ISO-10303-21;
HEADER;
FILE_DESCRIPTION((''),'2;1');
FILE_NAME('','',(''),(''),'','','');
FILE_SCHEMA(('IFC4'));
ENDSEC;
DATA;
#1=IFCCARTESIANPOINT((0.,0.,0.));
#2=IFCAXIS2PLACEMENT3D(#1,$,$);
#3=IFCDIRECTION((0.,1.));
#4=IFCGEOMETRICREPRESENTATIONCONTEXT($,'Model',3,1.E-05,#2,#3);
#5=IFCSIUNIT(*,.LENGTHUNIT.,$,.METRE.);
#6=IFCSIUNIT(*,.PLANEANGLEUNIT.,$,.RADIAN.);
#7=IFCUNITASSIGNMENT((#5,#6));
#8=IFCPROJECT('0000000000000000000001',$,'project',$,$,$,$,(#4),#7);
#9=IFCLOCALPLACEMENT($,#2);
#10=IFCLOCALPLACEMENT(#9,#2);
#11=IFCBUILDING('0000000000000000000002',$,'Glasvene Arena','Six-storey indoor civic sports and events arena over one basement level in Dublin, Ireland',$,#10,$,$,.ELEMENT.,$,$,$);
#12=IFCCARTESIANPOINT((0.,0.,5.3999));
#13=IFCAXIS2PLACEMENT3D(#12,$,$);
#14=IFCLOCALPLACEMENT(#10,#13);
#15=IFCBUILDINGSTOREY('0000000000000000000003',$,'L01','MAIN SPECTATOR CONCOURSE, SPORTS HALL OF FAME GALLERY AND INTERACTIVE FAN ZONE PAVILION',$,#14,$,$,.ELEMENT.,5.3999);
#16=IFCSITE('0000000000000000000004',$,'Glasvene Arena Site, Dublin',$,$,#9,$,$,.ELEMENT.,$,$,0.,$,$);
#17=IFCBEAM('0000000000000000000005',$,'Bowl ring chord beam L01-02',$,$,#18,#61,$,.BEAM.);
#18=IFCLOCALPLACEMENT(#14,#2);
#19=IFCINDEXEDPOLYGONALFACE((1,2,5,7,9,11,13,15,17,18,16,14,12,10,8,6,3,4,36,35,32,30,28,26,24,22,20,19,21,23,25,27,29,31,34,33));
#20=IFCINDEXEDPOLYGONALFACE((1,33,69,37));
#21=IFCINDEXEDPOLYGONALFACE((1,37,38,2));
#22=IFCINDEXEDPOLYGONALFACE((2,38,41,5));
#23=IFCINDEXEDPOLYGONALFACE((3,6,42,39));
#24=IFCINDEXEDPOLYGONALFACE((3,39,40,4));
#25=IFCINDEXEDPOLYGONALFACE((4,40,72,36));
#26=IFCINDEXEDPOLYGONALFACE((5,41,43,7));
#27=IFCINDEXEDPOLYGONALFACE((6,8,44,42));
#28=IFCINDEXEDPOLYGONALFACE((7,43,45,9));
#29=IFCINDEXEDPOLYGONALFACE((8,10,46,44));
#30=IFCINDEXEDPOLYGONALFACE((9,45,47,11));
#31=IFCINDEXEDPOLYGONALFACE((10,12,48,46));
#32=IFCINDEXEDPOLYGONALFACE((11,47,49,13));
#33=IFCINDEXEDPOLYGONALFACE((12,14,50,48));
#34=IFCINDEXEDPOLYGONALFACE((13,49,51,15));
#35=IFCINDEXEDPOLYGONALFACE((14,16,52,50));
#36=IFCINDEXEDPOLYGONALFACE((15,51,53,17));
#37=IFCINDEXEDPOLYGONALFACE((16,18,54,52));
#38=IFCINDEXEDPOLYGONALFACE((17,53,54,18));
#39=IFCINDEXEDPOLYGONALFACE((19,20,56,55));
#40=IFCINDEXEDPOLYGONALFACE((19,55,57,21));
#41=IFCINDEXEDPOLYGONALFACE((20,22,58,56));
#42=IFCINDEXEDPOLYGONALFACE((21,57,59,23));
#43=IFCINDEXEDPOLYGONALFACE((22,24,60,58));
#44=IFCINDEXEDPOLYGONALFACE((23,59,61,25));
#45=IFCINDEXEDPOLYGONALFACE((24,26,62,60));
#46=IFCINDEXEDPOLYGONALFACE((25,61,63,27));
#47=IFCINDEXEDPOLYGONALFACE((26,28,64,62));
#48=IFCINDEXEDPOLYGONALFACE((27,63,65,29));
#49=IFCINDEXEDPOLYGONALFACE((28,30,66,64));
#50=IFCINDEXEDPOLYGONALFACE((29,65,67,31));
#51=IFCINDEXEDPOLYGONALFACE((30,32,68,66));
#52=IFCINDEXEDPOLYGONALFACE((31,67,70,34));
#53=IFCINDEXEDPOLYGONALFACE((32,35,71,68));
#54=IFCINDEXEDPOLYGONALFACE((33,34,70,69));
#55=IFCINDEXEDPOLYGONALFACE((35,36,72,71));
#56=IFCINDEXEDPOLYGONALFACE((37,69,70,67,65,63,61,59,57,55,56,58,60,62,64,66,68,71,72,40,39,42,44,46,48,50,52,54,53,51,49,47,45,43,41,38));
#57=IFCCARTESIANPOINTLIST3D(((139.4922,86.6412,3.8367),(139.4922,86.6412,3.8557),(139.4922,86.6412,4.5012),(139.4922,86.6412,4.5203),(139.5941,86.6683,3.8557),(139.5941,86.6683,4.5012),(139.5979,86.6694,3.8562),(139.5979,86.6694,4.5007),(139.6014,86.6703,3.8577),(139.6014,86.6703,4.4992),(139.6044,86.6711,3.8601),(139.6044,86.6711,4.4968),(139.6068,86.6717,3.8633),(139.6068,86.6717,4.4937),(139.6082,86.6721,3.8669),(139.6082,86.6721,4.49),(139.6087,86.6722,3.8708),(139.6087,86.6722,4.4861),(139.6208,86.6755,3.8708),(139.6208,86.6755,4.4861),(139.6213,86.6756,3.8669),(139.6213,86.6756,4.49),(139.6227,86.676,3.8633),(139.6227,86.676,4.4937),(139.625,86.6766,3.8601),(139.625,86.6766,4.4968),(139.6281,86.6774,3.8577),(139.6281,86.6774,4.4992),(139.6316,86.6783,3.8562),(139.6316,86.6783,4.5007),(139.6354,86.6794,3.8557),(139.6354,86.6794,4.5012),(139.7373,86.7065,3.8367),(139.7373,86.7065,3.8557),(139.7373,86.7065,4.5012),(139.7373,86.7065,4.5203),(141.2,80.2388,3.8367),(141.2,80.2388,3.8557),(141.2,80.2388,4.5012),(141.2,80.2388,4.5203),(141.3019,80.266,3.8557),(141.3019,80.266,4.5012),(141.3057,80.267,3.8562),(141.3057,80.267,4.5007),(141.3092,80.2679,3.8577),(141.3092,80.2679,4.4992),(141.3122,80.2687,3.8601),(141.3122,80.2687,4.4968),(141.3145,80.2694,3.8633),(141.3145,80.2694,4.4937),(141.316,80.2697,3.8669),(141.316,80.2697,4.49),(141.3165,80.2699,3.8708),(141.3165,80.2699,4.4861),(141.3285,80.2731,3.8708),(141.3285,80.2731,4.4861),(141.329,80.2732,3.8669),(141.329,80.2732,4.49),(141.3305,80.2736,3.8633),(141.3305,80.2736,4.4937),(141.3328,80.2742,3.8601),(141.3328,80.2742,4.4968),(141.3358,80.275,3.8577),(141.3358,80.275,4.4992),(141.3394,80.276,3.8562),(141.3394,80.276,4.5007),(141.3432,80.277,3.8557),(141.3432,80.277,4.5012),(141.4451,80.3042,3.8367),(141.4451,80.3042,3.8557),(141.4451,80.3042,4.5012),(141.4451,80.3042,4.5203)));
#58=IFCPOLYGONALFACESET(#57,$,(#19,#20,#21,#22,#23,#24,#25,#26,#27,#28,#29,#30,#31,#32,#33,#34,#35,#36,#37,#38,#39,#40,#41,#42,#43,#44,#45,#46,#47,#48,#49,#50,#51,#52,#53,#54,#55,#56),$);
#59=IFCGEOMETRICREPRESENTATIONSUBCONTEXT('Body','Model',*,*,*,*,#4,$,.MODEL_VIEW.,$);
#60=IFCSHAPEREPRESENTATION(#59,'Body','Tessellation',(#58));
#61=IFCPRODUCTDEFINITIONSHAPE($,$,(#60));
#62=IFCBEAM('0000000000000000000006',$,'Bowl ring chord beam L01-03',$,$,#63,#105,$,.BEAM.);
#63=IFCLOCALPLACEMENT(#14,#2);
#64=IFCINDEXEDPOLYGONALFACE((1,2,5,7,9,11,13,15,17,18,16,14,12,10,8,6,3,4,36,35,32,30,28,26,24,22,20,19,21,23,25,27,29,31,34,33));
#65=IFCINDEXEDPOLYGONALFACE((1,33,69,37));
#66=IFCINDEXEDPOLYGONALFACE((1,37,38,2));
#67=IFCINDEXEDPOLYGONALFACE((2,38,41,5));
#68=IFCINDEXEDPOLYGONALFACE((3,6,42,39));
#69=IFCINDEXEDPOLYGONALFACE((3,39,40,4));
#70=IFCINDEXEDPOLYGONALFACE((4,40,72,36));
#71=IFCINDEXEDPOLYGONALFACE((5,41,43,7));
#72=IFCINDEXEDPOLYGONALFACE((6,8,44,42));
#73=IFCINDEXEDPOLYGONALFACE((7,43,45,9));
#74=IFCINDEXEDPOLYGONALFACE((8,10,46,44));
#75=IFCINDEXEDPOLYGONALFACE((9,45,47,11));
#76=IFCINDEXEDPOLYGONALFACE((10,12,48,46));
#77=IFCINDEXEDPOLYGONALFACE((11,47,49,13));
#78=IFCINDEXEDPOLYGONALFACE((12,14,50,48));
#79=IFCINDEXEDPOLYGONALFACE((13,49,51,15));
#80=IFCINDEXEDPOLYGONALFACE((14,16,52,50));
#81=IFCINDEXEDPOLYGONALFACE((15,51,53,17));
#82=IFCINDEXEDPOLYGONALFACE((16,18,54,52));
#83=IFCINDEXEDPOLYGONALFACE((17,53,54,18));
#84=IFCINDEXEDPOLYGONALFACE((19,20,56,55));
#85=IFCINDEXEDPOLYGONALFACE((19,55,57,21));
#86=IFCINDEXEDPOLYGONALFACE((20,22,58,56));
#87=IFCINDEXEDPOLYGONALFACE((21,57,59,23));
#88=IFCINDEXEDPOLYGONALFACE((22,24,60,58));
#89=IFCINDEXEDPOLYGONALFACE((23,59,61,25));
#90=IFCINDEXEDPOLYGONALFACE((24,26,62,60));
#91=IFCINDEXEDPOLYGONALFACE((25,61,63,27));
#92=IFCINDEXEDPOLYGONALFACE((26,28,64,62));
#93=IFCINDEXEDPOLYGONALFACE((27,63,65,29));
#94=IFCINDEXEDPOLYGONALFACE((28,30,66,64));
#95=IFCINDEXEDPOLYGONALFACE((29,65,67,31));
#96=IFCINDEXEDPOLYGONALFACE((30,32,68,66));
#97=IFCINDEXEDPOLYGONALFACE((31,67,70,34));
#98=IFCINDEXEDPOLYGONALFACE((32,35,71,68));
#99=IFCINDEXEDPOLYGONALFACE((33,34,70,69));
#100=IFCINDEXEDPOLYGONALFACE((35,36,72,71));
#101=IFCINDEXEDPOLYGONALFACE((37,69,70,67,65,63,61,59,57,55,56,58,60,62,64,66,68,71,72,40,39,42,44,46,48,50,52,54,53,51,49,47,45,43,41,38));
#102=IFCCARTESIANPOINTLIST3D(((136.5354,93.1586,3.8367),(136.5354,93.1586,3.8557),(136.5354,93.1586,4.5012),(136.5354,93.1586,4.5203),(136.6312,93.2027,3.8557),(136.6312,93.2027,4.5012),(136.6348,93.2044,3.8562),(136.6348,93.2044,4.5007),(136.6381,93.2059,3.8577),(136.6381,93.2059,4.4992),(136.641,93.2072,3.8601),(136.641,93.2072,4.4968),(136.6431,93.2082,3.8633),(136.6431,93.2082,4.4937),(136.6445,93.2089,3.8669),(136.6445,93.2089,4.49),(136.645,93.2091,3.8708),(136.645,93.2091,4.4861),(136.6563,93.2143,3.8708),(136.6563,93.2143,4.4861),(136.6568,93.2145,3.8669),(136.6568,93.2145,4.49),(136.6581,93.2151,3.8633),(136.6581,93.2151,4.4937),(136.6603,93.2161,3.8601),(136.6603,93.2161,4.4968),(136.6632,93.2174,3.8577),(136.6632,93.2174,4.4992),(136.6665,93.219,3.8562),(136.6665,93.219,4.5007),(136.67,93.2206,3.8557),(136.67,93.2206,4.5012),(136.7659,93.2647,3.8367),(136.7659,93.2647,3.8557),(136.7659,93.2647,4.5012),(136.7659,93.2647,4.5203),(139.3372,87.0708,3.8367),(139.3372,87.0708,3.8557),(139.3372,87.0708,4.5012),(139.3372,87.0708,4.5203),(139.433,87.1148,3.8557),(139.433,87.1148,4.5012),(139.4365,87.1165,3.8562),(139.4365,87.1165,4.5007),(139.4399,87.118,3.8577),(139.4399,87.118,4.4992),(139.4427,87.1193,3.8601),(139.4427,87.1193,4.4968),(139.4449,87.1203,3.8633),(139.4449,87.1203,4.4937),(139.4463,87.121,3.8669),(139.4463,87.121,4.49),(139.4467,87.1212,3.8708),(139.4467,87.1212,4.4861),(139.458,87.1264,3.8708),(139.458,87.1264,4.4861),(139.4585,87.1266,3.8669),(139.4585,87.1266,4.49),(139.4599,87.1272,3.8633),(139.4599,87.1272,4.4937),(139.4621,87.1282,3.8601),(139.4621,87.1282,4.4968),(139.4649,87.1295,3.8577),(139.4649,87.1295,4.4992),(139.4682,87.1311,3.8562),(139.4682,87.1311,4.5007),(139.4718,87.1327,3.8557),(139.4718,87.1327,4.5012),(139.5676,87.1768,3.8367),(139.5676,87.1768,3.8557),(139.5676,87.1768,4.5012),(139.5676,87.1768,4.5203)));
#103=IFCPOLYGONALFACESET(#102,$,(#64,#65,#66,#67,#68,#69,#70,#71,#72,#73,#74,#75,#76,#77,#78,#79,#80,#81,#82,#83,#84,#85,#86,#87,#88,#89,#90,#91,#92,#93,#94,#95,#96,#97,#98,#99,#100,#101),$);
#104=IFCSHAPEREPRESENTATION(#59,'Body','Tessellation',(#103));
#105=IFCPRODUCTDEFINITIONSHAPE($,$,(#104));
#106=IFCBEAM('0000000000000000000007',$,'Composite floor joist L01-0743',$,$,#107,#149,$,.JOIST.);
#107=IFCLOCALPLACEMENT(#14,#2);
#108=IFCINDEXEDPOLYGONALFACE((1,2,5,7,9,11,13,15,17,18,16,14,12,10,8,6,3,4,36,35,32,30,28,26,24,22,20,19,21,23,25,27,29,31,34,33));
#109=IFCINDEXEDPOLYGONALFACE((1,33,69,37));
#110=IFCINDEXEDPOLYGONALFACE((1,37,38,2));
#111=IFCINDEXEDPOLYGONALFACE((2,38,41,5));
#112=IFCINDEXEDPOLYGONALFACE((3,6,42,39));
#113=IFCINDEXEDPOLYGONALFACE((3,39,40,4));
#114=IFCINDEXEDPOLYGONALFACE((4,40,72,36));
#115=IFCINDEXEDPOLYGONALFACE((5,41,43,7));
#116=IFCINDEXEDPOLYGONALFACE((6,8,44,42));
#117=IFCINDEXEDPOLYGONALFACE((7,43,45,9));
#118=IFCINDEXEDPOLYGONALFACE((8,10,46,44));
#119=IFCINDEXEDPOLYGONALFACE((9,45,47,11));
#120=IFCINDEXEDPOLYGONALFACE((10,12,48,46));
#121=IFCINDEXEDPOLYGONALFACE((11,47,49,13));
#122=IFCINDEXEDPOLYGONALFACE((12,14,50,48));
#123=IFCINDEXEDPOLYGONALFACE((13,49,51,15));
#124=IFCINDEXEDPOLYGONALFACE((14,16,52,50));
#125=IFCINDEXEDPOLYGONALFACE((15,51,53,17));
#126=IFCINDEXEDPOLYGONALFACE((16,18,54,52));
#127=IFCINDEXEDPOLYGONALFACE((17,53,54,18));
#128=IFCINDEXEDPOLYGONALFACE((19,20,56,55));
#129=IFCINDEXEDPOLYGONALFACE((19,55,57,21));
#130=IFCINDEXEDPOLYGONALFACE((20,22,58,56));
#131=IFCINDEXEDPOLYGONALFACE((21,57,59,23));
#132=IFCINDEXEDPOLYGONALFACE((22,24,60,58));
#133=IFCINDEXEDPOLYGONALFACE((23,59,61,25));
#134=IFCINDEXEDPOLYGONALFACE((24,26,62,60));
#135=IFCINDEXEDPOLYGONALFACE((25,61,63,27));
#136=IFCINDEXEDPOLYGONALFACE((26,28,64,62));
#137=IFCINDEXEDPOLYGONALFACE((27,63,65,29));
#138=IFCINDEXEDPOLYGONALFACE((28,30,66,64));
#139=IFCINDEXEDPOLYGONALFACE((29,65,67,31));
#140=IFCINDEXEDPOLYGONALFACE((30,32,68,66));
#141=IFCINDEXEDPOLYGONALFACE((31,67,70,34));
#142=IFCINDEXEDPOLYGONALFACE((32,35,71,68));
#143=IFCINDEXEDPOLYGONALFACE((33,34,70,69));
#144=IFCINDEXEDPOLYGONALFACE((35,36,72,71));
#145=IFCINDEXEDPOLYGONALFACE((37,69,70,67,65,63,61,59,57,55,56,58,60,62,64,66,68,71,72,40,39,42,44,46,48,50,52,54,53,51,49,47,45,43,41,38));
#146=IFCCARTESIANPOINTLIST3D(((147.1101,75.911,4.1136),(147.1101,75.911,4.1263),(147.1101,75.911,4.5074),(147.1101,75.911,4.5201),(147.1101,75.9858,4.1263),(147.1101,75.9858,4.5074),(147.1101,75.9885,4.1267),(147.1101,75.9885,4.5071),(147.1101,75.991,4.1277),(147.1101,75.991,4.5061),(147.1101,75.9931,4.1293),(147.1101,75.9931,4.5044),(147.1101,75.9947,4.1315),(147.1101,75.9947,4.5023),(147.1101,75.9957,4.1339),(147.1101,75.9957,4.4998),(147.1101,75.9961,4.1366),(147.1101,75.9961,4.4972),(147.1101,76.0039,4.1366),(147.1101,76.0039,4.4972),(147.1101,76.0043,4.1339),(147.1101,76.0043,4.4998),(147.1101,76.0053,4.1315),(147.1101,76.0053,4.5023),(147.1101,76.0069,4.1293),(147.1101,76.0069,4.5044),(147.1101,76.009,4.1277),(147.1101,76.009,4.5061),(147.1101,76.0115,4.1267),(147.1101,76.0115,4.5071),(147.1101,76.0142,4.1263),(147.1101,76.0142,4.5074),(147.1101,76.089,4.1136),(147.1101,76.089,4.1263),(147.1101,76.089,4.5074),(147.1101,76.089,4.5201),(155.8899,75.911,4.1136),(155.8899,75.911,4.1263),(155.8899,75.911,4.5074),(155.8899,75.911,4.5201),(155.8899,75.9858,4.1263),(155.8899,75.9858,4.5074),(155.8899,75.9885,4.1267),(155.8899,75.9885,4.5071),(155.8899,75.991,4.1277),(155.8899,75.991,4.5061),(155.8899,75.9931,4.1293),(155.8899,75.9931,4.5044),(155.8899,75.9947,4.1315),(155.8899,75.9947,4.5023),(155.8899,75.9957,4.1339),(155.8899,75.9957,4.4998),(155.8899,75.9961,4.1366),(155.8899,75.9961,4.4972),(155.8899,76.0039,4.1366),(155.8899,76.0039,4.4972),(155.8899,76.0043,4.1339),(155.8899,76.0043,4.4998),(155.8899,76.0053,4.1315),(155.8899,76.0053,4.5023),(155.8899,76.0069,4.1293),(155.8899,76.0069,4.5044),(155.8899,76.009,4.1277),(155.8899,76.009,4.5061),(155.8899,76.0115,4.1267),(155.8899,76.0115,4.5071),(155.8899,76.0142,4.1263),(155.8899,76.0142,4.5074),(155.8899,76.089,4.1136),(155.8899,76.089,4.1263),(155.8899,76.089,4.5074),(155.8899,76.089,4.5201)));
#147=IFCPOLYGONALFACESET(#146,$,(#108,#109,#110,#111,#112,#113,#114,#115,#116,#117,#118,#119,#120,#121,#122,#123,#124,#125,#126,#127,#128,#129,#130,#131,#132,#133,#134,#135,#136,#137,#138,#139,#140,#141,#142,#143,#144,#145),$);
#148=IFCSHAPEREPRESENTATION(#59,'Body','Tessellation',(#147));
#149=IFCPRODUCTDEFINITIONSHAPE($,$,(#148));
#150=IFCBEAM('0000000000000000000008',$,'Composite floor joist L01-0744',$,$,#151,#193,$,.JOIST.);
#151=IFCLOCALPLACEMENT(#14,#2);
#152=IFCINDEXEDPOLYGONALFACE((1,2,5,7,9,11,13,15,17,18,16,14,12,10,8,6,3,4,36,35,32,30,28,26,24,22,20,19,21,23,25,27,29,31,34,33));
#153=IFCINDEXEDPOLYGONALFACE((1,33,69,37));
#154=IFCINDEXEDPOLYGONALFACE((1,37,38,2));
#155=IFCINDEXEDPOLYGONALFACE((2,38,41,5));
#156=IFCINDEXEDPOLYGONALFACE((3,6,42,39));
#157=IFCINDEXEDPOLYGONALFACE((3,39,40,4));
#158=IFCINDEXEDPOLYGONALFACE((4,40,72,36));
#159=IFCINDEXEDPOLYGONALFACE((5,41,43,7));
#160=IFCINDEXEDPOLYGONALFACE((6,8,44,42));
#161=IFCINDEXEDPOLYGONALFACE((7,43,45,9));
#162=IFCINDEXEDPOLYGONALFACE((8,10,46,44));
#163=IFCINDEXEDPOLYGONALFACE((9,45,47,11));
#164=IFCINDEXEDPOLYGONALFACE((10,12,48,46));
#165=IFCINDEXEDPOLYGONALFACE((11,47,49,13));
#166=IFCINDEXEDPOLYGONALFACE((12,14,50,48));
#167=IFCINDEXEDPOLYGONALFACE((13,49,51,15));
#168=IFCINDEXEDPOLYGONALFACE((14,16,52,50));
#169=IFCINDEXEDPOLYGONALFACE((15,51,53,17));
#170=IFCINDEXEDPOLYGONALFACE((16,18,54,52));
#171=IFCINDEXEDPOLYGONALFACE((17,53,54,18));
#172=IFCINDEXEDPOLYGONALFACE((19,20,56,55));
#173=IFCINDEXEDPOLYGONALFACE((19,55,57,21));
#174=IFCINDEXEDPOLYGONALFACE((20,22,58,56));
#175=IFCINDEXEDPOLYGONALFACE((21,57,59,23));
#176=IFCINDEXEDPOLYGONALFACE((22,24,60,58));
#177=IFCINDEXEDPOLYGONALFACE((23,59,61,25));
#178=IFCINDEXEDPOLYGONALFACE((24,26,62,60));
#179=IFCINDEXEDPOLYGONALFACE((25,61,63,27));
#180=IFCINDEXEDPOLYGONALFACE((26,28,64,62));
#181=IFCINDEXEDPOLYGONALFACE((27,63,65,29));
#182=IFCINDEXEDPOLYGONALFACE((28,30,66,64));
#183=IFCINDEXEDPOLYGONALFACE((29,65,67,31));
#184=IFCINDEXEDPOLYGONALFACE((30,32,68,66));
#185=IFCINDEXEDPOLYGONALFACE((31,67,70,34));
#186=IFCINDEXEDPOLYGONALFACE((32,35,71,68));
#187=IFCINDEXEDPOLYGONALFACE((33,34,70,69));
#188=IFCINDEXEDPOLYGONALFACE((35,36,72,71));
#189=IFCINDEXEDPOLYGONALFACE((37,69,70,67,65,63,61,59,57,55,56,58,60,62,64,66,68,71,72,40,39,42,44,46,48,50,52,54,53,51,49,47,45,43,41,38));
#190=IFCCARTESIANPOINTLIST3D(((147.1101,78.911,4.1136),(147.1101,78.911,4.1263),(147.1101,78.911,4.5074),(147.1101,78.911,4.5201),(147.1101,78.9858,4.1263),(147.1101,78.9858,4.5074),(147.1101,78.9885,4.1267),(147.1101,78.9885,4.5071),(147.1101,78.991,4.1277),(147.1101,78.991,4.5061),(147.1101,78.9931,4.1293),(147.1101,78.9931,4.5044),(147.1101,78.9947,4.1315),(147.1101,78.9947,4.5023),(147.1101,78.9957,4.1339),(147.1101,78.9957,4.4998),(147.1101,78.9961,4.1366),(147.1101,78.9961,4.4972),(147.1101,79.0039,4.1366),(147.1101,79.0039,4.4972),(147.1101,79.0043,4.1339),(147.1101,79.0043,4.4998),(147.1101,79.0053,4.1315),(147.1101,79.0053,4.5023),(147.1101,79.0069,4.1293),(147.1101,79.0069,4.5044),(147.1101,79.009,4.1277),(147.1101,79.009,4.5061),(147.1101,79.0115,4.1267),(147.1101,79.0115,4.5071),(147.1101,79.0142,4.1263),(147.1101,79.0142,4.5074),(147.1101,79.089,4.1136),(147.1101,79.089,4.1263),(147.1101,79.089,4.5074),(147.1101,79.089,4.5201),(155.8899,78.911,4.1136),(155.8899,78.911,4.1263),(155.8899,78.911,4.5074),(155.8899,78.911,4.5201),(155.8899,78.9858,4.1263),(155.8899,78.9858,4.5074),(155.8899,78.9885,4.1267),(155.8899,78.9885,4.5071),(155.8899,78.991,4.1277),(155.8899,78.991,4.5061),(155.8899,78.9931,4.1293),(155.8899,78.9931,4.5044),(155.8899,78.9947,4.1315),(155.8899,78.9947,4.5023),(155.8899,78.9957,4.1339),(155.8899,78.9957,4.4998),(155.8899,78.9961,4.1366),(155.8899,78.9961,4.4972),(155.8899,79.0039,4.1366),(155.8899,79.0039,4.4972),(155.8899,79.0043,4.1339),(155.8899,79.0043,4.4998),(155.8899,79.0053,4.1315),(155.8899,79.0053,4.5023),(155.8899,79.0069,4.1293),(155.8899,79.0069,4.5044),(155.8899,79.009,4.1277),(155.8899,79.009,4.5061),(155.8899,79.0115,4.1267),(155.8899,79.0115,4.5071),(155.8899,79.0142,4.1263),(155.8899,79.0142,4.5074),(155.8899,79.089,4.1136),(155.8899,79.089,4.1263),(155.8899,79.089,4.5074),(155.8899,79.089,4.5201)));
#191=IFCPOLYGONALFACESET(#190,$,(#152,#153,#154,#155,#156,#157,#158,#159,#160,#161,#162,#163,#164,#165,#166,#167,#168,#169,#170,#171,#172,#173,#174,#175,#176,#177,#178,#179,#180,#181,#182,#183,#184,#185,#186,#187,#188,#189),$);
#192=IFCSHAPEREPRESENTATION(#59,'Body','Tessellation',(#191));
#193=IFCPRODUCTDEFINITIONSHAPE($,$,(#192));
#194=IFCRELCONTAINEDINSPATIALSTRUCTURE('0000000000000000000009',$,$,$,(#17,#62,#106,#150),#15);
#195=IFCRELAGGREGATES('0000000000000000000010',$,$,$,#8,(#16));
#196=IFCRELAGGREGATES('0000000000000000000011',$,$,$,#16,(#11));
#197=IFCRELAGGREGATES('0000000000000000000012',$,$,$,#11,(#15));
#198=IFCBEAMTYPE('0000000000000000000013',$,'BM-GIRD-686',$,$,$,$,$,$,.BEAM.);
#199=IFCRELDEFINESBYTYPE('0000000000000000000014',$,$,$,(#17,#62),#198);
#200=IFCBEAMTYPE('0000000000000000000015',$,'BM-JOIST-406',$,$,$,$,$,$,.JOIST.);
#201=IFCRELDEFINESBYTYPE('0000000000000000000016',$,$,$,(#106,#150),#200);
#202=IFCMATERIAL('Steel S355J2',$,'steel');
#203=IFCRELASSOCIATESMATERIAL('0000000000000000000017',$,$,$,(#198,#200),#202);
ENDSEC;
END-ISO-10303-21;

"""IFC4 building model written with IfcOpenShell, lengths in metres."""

from ifc_helpers import new_model, si_unit, direction, frame, origin, origin_2d, place, context, subcontext, project, spatial, i_section, extrude, material, material_profile, profile_set, type_object, element, save


model = new_model("IFC4")

# Units and contexts
model_context = context("Model", 3, precision=1e-05, world=origin(), true_north=direction((0.0, 1.0)))
body_context = subcontext(model_context, "Body", "Model", "MODEL_VIEW")
ifc_project = project(units=[si_unit("LENGTHUNIT", "METRE"), si_unit("PLANEANGLEUNIT", "RADIAN")], contexts=[model_context])

# Site, building, storey
site_placement = place(None, origin())
site = spatial("IfcSite", under=ifc_project, at=site_placement, Name="Glasvene Arena Site, Dublin", CompositionType="ELEMENT", RefElevation=0.0)
building_placement = place(site_placement, origin())
building = spatial("IfcBuilding", under=site, at=building_placement, Name="Glasvene Arena", Description="Six-storey indoor civic sports and events arena over one basement level in Dublin, Ireland", CompositionType="ELEMENT")
storey_placement = place(building_placement, frame((0.0, 0.0, 5.3999)))
storey = spatial("IfcBuildingStorey", under=building, at=storey_placement, Name="L01", Description="MAIN SPECTATOR CONCOURSE, SPORTS HALL OF FAME GALLERY AND INTERACTIVE FAN ZONE PAVILION", CompositionType="ELEMENT", Elevation=5.3999)

# Shared definitions
ifc_material_1 = material(Name="Steel S355J2", Category="steel")

# Beams
ifc_material_profile_1 = material_profile(ifc_material_1, i_section(OverallWidth=0.2537, OverallDepth=0.6836, WebThickness=0.0125, FlangeThickness=0.019, FilletRadius=0.0151, at=origin_2d()), Name="UKB 686x254x140")
ifc_profile_set_1 = profile_set([ifc_material_profile_1], Name="Steel S355J2")
beam_type_1 = type_object("IfcBeamType", Name="BM-GIRD-686", PredefinedType="BEAM", material=ifc_profile_set_1)
beam_1_placement = place(storey_placement, frame((141.3225, 80.2715, 4.1785), z_axis=(-0.257729, 0.966217, 0.0), x_axis=(-0.966217, -0.257729, 0.0)))
element("IfcBeam", 1, at=beam_1_placement, inside=storey, type_object=beam_type_1, Name="Bowl ring chord beam L01-02", PredefinedType="BEAM", context=body_context, shape_type="SweptSolid", body=[
    extrude(i_section(OverallWidth=0.2537, OverallDepth=0.6836, WebThickness=0.0125, FlangeThickness=0.019, FilletRadius=0.0151, at=origin_2d()), origin(), (0.0, 0.0, 1.0), 6.6262),
])
beam_2_placement = place(storey_placement, frame((139.4524, 87.1238, 4.1785), z_axis=(-0.418069, 0.908415, 0.0), x_axis=(-0.908415, -0.418069, 0.0)))
element("IfcBeam", 2, at=beam_2_placement, inside=storey, type_object=beam_type_1, Name="Bowl ring chord beam L01-03", PredefinedType="BEAM", context=body_context, shape_type="SweptSolid", body=[
    extrude(i_section(OverallWidth=0.2537, OverallDepth=0.6836, WebThickness=0.0125, FlangeThickness=0.019, FilletRadius=0.0151, at=origin_2d()), origin(), (0.0, 0.0, 1.0), 6.7017),
])
ifc_material_profile_2 = material_profile(ifc_material_1, i_section(OverallWidth=0.178, OverallDepth=0.4065, WebThickness=0.0078, FlangeThickness=0.0127, FilletRadius=0.0103, at=origin_2d()), Name="UKB 406x178x60")
ifc_profile_set_2 = profile_set([ifc_material_profile_2], Name="Steel S355J2")
beam_type_2 = type_object("IfcBeamType", Name="BM-JOIST-406", PredefinedType="JOIST", material=ifc_profile_set_2)
for number, where, z_axis, x_axis, name in (
    (3, (147.1101, 76.0, 4.3169), (1.0, 0.0, 0.0), (0.0, 1.0, 0.0), "Composite floor joist L01-0743"),
    (4, (147.1101, 79.0, 4.3169), (1.0, 0.0, 0.0), (0.0, 1.0, 0.0), "Composite floor joist L01-0744"),
):
    element("IfcBeam", number, at=place(storey_placement, frame(where, z_axis=z_axis, x_axis=x_axis)), inside=storey, type_object=beam_type_2, Name=name, PredefinedType="JOIST", context=body_context, shape_type="SweptSolid", body=[
        extrude(i_section(OverallWidth=0.178, OverallDepth=0.4065, WebThickness=0.0078, FlangeThickness=0.0127, FilletRadius=0.0103, at=origin_2d()), origin(), (0.0, 0.0, 1.0), 8.7798),
    ])

save(model, "model.ifc")
